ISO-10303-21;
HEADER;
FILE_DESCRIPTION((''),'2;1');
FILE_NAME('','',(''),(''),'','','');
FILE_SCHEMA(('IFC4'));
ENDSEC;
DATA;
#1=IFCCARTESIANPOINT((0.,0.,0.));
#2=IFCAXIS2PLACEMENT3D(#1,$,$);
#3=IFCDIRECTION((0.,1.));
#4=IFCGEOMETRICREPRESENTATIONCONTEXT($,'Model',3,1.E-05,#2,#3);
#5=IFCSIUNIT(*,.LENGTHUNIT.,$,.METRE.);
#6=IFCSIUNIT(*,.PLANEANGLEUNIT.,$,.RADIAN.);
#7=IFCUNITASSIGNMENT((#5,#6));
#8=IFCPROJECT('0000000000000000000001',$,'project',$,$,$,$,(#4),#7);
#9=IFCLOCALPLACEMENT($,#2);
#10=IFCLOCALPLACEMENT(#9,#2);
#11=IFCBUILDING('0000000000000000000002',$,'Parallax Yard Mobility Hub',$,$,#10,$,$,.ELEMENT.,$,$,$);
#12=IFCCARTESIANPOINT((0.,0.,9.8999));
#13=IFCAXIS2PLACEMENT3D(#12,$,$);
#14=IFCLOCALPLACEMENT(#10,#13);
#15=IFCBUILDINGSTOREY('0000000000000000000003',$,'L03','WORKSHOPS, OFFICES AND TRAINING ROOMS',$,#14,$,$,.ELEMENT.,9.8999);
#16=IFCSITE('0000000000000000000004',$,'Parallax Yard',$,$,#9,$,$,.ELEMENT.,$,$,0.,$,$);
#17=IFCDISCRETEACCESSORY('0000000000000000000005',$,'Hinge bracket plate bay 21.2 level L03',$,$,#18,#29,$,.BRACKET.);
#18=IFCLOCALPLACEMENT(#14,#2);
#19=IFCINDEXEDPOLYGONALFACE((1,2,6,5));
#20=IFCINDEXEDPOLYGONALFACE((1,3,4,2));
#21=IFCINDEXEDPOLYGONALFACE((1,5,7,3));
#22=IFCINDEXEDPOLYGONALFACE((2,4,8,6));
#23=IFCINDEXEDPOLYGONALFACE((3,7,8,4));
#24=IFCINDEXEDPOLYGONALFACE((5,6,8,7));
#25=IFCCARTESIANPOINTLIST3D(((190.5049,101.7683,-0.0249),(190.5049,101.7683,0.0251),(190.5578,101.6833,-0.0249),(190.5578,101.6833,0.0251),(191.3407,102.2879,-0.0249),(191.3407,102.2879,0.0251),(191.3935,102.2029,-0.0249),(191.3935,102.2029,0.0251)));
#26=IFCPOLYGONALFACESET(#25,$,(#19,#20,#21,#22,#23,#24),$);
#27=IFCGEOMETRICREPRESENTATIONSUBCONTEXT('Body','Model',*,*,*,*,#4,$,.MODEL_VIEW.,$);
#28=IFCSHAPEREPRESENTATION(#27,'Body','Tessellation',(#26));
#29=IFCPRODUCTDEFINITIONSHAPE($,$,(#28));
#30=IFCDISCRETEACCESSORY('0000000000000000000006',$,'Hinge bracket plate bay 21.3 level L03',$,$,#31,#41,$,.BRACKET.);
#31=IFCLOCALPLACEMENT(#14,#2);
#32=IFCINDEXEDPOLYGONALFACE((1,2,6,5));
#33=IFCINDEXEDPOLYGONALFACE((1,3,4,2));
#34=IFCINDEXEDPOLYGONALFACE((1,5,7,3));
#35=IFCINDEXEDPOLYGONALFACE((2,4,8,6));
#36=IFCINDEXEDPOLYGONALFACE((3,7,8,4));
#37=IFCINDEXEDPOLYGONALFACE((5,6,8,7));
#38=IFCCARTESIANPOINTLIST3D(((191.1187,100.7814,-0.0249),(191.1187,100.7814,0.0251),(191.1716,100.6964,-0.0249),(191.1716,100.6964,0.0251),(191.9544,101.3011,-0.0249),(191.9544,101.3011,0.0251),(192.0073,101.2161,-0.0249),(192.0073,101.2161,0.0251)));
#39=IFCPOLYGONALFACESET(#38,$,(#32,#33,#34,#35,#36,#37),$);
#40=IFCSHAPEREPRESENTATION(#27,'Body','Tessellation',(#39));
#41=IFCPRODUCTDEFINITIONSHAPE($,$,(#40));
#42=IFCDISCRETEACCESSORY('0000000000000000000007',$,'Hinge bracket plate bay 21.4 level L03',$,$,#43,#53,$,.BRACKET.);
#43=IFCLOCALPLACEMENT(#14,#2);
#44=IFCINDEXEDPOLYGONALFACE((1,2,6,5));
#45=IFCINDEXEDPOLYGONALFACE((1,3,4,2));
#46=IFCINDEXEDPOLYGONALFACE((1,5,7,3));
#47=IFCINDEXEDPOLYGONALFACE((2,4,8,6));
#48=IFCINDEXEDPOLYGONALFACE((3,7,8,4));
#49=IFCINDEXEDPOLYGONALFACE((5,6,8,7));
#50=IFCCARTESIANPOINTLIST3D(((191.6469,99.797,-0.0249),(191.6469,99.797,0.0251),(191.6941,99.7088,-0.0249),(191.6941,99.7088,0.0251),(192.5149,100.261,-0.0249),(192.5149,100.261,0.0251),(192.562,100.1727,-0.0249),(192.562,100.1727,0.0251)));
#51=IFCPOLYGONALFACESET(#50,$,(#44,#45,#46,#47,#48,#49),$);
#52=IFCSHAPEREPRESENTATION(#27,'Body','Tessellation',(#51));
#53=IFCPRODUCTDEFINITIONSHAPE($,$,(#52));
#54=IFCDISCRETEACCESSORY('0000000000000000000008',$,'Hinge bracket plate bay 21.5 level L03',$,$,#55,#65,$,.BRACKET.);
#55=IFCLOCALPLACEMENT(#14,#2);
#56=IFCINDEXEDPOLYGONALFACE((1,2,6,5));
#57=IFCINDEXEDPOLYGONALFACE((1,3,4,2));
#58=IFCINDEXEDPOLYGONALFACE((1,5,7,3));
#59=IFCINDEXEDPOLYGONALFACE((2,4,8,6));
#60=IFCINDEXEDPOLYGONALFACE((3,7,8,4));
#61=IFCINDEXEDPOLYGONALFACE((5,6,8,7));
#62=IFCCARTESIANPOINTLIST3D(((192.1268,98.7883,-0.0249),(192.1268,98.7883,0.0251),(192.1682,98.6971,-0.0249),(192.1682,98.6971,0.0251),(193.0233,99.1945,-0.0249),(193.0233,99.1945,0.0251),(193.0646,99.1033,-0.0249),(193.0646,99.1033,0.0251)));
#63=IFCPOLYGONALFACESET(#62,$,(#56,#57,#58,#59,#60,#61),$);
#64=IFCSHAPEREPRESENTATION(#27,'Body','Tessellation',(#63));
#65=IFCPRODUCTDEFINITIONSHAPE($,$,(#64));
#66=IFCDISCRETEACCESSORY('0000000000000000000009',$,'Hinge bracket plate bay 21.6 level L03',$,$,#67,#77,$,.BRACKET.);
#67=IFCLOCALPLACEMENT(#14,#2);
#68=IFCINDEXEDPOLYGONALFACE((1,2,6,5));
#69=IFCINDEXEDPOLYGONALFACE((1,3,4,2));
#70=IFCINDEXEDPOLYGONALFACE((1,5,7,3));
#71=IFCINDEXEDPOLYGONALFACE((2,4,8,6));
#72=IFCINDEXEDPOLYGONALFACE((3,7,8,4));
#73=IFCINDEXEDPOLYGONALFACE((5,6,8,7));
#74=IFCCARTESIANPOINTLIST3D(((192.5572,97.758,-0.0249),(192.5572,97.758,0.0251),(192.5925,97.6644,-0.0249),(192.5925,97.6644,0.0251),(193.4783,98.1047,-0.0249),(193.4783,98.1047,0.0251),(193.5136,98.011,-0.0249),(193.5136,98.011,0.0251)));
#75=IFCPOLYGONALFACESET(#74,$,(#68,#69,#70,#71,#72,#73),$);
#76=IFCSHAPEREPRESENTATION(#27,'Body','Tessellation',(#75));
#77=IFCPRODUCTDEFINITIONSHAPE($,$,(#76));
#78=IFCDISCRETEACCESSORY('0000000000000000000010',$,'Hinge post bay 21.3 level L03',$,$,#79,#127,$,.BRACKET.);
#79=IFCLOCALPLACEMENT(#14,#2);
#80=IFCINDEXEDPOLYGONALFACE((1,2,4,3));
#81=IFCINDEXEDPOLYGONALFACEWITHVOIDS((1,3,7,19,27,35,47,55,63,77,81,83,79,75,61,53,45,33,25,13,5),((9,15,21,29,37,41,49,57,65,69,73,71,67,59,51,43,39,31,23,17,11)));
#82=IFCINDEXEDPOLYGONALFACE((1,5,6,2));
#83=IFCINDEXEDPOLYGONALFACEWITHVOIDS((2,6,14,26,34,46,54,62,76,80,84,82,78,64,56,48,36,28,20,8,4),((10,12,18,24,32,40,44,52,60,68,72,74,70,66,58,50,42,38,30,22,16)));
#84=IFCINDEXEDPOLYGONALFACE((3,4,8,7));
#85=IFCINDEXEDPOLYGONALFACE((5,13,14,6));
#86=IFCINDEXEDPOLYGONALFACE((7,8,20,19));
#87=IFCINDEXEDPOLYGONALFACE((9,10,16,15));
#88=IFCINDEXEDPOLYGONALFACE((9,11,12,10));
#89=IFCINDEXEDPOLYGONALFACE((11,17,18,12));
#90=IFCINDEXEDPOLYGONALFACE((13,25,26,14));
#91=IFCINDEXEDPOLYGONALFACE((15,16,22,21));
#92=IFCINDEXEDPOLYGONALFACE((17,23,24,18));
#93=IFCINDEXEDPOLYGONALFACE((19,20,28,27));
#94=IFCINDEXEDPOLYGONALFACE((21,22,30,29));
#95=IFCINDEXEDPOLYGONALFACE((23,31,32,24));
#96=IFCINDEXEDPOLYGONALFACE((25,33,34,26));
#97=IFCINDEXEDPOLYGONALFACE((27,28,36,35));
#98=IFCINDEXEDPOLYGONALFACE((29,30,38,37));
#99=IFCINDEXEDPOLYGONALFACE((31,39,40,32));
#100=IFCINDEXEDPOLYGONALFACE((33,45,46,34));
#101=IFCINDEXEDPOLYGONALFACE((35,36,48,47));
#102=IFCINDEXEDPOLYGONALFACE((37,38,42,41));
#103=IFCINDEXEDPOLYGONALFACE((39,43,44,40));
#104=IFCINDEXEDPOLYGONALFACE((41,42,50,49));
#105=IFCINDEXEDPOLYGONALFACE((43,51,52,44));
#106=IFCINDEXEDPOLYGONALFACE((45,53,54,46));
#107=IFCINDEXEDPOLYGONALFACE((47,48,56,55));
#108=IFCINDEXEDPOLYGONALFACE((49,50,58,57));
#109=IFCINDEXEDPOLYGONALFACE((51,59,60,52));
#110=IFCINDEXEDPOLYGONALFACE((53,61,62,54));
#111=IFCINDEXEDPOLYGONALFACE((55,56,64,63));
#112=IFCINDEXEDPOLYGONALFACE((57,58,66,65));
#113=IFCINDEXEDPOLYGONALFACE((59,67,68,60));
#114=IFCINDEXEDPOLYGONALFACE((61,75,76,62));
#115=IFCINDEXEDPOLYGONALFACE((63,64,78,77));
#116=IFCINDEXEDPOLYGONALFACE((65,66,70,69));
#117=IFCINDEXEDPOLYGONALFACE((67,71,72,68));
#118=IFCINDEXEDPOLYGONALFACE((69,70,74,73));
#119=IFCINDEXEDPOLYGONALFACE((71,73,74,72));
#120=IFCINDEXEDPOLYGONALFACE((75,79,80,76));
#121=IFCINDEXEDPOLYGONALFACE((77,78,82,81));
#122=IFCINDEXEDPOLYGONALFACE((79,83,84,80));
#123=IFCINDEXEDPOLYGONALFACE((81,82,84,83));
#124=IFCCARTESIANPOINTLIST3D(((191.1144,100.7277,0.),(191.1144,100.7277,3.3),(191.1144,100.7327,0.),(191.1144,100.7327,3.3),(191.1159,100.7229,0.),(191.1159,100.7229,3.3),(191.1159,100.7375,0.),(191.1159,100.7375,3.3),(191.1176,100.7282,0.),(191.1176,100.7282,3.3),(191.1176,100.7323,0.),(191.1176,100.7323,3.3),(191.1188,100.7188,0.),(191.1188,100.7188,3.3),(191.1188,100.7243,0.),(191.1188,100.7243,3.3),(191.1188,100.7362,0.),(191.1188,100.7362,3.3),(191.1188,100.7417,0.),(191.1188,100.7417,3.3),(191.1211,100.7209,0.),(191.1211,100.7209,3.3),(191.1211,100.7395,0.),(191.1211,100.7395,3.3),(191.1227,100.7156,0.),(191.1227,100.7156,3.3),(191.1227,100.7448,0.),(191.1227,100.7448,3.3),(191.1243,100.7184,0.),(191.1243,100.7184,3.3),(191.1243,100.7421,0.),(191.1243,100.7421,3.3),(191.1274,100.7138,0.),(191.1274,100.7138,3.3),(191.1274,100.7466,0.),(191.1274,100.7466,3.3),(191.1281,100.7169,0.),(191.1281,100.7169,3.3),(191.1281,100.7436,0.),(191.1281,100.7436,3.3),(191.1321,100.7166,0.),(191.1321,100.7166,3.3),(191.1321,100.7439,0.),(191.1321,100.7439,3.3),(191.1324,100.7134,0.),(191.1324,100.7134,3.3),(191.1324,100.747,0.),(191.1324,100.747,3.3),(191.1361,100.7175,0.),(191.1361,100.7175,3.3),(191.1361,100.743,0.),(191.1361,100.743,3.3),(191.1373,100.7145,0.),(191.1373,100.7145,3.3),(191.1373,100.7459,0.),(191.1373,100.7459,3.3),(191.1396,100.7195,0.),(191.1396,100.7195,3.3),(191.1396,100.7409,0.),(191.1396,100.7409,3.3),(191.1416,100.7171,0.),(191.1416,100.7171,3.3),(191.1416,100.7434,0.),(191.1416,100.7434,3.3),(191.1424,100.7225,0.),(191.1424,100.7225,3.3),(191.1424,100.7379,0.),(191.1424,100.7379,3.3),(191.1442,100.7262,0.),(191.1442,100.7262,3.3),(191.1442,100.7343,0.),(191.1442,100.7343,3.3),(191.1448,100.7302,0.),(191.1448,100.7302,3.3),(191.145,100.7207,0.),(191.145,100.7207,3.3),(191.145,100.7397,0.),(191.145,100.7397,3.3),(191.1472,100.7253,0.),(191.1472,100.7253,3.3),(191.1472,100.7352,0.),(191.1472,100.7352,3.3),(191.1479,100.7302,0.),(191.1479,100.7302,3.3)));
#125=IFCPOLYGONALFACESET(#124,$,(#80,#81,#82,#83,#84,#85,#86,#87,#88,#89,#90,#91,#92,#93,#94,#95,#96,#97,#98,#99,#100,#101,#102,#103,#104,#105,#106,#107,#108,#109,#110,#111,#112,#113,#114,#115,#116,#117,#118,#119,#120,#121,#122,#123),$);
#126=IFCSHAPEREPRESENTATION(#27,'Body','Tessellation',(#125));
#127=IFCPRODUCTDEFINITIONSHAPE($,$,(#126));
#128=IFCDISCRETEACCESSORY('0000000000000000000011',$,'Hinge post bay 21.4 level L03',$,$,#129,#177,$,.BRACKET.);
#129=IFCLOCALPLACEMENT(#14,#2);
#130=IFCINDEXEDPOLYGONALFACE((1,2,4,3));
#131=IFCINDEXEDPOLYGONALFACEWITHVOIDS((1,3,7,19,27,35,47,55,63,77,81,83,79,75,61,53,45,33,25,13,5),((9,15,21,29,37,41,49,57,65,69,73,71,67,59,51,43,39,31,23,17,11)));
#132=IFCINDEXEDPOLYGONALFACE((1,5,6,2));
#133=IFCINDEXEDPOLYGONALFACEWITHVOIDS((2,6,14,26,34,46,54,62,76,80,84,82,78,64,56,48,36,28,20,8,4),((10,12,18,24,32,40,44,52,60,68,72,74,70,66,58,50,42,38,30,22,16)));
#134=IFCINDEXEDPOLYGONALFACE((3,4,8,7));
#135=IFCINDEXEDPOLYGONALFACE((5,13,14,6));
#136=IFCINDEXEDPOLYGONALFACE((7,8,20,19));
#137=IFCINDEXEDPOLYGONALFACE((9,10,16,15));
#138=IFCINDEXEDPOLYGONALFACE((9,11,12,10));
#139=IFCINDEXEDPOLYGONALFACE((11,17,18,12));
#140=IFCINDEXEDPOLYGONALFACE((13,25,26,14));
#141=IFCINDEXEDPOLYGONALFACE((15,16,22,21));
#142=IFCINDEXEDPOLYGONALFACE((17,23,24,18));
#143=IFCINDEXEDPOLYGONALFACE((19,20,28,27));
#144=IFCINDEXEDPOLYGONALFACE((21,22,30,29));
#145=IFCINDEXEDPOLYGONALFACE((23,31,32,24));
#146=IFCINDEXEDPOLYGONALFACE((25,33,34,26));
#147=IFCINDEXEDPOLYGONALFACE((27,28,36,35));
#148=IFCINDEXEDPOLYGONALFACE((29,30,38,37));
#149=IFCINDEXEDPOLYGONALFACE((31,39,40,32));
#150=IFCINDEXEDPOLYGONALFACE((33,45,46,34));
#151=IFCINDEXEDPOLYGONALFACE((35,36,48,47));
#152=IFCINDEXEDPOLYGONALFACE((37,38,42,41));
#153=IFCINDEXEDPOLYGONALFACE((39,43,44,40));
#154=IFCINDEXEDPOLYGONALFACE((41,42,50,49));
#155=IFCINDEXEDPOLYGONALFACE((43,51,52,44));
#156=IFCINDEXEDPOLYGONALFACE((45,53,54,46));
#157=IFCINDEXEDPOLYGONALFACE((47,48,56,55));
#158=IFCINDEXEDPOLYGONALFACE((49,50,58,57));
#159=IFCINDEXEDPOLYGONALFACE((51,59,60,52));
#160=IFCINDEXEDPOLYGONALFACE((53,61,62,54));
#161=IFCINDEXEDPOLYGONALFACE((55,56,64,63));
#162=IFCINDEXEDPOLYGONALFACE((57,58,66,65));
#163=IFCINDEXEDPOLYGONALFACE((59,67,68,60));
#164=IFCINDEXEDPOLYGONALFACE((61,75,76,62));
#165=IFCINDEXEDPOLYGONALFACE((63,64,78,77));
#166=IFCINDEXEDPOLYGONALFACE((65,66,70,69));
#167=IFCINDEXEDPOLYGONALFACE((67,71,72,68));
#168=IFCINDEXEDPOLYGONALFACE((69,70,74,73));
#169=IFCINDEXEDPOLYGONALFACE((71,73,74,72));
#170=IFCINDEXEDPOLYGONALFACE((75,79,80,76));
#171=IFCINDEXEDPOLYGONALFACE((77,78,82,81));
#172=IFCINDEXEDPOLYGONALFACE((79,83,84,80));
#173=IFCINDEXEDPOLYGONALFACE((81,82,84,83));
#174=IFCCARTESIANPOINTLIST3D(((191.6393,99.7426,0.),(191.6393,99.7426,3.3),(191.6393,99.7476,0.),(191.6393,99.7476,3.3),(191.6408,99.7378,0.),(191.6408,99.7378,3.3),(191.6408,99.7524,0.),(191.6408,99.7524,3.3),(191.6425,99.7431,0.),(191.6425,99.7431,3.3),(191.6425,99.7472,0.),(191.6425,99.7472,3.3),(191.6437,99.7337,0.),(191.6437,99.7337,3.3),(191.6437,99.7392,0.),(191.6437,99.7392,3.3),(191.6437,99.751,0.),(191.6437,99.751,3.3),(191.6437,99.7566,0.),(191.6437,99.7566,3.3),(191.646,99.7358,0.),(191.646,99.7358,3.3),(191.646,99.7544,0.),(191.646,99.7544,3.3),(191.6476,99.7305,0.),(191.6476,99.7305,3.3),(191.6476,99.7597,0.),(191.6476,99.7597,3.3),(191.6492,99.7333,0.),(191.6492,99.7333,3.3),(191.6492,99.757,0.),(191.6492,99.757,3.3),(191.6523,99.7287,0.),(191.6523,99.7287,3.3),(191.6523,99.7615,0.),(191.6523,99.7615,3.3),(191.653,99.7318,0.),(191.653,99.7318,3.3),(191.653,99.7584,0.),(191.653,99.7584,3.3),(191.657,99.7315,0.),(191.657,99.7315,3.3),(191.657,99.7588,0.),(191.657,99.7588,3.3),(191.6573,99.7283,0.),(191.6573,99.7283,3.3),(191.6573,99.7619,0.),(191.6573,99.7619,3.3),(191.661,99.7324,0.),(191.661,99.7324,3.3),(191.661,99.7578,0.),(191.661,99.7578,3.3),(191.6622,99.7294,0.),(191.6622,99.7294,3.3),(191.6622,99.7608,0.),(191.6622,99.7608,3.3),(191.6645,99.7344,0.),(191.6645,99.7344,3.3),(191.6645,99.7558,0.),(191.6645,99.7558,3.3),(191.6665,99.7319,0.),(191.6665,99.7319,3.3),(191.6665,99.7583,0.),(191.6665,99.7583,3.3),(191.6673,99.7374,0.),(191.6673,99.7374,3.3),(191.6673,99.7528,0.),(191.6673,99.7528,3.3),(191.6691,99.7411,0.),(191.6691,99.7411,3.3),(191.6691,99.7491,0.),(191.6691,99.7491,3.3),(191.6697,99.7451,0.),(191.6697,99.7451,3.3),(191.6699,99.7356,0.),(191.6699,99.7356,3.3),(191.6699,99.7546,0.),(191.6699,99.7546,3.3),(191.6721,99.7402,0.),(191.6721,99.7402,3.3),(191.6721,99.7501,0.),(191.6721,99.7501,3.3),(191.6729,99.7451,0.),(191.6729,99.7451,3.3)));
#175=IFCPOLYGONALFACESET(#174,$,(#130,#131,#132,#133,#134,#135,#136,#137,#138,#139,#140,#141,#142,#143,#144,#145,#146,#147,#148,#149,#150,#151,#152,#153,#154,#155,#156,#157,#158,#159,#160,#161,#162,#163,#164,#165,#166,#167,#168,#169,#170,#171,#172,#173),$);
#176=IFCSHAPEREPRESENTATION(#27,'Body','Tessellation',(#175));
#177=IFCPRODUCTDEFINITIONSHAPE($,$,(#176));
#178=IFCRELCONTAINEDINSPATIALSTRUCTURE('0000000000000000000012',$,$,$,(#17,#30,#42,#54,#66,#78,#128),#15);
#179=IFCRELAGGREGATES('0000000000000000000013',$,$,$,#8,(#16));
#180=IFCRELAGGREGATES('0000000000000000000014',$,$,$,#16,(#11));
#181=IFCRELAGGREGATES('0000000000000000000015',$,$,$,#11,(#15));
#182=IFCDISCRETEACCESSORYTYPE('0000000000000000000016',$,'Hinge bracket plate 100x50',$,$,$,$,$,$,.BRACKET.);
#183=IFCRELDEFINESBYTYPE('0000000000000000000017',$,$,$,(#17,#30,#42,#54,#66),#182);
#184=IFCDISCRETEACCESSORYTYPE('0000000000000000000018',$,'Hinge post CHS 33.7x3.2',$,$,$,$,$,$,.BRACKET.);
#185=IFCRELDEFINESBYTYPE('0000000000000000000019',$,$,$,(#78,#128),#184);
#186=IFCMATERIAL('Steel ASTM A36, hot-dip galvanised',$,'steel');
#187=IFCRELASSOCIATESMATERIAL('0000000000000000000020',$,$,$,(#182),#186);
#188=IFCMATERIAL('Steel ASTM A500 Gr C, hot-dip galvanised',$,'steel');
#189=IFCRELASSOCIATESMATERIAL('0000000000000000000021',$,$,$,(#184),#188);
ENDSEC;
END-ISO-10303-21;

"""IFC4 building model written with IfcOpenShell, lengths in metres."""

from ifc_helpers import new_model, si_unit, direction, frame, origin, origin_2d, place, context, subcontext, project, spatial, rectangle, hollow_circle, extrude, material, material_profile, profile_set, type_object, element, save


model = new_model("IFC4")

# Units and contexts
model_context = context("Model", 3, precision=1e-05, world=origin(), true_north=direction((0.0, 1.0)))
body_context = subcontext(model_context, "Body", "Model", "MODEL_VIEW")
ifc_project = project(units=[si_unit("LENGTHUNIT", "METRE"), si_unit("PLANEANGLEUNIT", "RADIAN")], contexts=[model_context])

# Site, building, storey
site_placement = place(None, origin())
site = spatial("IfcSite", under=ifc_project, at=site_placement, Name="Parallax Yard", CompositionType="ELEMENT", RefElevation=0.0)
building_placement = place(site_placement, origin())
building = spatial("IfcBuilding", under=site, at=building_placement, Name="Parallax Yard Mobility Hub", CompositionType="ELEMENT")
storey_placement = place(building_placement, frame((0.0, 0.0, 9.8999)))
storey = spatial("IfcBuildingStorey", under=building, at=storey_placement, Name="L03", Description="WORKSHOPS, OFFICES AND TRAINING ROOMS", CompositionType="ELEMENT", Elevation=9.8999)

# Discrete accessories
ifc_material_1 = material(Name="Steel ASTM A36, hot-dip galvanised", Category="steel")
discrete_accessory_type_1 = type_object("IfcDiscreteAccessoryType", Name="Hinge bracket plate 100x50", PredefinedType="BRACKET", material=ifc_material_1)
for number, where, z_axis, x_axis, name in (
    (1, (190.9492, 101.9856, -0.0249), (0.0, 0.0, 1.0), (-0.849202, -0.528068, 0.0), "Hinge bracket plate bay 21.2 level L03"),
    (2, (191.563, 100.9988, -0.0249), (0.0, 0.0, 1.0), (-0.849202, -0.528068, 0.0), "Hinge bracket plate bay 21.3 level L03"),
    (3, (192.1045, 99.9849, -0.0249), (0.0, 0.0, 1.0), (-0.881921, -0.471397, 0.0), "Hinge bracket plate bay 21.4 level L03"),
    (4, (192.5957, 98.9458, -0.0249), (0.0, 0.0, 1.0), (-0.910864, -0.412707, 0.0), "Hinge bracket plate bay 21.5 level L03"),
    (5, (193.0354, 97.8845, -0.0249), (0.0, 0.0, 1.0), (-0.935906, -0.35225, 0.0), "Hinge bracket plate bay 21.6 level L03"),
):
    element("IfcDiscreteAccessory", number, at=place(storey_placement, frame(where, z_axis=z_axis, x_axis=x_axis)), inside=storey, type_object=discrete_accessory_type_1, Name=name, PredefinedType="BRACKET", context=body_context, shape_type="SweptSolid", body=[
        extrude(rectangle(XDim=0.9841, YDim=0.1001, at=origin_2d()), origin(), (0.0, 0.0, 1.0), 0.05),
    ])
ifc_material_2 = material(Name="Steel ASTM A500 Gr C, hot-dip galvanised", Category="steel")
ifc_material_profile_1 = material_profile(ifc_material_2, hollow_circle(Radius=0.0168, WallThickness=0.0032, at=origin_2d()), Name="CHS 33.7x3.2")
ifc_profile_set_1 = profile_set([ifc_material_profile_1], Name="Steel ASTM A500 Gr C, hot-dip galvanised")
discrete_accessory_type_2 = type_object("IfcDiscreteAccessoryType", Name="Hinge post CHS 33.7x3.2", PredefinedType="BRACKET", material=ifc_profile_set_1)
for number, where, z_axis, x_axis, name in (
    (6, (191.1311, 100.7302, 0.0), (0.0, 0.0, 1.0), (1.0, 0.0, 0.0), "Hinge post bay 21.3 level L03"),
    (7, (191.656, 99.7451, 0.0), (0.0, 0.0, 1.0), (1.0, 0.0, 0.0), "Hinge post bay 21.4 level L03"),
):
    element("IfcDiscreteAccessory", number, at=place(storey_placement, frame(where, z_axis=z_axis, x_axis=x_axis)), inside=storey, type_object=discrete_accessory_type_2, Name=name, PredefinedType="BRACKET", context=body_context, shape_type="SweptSolid", body=[
        extrude(hollow_circle(Radius=0.0168, WallThickness=0.0032, at=origin_2d()), origin(), (0.0, 0.0, 1.0), 3.3),
    ])

save(model, "model.ifc")
